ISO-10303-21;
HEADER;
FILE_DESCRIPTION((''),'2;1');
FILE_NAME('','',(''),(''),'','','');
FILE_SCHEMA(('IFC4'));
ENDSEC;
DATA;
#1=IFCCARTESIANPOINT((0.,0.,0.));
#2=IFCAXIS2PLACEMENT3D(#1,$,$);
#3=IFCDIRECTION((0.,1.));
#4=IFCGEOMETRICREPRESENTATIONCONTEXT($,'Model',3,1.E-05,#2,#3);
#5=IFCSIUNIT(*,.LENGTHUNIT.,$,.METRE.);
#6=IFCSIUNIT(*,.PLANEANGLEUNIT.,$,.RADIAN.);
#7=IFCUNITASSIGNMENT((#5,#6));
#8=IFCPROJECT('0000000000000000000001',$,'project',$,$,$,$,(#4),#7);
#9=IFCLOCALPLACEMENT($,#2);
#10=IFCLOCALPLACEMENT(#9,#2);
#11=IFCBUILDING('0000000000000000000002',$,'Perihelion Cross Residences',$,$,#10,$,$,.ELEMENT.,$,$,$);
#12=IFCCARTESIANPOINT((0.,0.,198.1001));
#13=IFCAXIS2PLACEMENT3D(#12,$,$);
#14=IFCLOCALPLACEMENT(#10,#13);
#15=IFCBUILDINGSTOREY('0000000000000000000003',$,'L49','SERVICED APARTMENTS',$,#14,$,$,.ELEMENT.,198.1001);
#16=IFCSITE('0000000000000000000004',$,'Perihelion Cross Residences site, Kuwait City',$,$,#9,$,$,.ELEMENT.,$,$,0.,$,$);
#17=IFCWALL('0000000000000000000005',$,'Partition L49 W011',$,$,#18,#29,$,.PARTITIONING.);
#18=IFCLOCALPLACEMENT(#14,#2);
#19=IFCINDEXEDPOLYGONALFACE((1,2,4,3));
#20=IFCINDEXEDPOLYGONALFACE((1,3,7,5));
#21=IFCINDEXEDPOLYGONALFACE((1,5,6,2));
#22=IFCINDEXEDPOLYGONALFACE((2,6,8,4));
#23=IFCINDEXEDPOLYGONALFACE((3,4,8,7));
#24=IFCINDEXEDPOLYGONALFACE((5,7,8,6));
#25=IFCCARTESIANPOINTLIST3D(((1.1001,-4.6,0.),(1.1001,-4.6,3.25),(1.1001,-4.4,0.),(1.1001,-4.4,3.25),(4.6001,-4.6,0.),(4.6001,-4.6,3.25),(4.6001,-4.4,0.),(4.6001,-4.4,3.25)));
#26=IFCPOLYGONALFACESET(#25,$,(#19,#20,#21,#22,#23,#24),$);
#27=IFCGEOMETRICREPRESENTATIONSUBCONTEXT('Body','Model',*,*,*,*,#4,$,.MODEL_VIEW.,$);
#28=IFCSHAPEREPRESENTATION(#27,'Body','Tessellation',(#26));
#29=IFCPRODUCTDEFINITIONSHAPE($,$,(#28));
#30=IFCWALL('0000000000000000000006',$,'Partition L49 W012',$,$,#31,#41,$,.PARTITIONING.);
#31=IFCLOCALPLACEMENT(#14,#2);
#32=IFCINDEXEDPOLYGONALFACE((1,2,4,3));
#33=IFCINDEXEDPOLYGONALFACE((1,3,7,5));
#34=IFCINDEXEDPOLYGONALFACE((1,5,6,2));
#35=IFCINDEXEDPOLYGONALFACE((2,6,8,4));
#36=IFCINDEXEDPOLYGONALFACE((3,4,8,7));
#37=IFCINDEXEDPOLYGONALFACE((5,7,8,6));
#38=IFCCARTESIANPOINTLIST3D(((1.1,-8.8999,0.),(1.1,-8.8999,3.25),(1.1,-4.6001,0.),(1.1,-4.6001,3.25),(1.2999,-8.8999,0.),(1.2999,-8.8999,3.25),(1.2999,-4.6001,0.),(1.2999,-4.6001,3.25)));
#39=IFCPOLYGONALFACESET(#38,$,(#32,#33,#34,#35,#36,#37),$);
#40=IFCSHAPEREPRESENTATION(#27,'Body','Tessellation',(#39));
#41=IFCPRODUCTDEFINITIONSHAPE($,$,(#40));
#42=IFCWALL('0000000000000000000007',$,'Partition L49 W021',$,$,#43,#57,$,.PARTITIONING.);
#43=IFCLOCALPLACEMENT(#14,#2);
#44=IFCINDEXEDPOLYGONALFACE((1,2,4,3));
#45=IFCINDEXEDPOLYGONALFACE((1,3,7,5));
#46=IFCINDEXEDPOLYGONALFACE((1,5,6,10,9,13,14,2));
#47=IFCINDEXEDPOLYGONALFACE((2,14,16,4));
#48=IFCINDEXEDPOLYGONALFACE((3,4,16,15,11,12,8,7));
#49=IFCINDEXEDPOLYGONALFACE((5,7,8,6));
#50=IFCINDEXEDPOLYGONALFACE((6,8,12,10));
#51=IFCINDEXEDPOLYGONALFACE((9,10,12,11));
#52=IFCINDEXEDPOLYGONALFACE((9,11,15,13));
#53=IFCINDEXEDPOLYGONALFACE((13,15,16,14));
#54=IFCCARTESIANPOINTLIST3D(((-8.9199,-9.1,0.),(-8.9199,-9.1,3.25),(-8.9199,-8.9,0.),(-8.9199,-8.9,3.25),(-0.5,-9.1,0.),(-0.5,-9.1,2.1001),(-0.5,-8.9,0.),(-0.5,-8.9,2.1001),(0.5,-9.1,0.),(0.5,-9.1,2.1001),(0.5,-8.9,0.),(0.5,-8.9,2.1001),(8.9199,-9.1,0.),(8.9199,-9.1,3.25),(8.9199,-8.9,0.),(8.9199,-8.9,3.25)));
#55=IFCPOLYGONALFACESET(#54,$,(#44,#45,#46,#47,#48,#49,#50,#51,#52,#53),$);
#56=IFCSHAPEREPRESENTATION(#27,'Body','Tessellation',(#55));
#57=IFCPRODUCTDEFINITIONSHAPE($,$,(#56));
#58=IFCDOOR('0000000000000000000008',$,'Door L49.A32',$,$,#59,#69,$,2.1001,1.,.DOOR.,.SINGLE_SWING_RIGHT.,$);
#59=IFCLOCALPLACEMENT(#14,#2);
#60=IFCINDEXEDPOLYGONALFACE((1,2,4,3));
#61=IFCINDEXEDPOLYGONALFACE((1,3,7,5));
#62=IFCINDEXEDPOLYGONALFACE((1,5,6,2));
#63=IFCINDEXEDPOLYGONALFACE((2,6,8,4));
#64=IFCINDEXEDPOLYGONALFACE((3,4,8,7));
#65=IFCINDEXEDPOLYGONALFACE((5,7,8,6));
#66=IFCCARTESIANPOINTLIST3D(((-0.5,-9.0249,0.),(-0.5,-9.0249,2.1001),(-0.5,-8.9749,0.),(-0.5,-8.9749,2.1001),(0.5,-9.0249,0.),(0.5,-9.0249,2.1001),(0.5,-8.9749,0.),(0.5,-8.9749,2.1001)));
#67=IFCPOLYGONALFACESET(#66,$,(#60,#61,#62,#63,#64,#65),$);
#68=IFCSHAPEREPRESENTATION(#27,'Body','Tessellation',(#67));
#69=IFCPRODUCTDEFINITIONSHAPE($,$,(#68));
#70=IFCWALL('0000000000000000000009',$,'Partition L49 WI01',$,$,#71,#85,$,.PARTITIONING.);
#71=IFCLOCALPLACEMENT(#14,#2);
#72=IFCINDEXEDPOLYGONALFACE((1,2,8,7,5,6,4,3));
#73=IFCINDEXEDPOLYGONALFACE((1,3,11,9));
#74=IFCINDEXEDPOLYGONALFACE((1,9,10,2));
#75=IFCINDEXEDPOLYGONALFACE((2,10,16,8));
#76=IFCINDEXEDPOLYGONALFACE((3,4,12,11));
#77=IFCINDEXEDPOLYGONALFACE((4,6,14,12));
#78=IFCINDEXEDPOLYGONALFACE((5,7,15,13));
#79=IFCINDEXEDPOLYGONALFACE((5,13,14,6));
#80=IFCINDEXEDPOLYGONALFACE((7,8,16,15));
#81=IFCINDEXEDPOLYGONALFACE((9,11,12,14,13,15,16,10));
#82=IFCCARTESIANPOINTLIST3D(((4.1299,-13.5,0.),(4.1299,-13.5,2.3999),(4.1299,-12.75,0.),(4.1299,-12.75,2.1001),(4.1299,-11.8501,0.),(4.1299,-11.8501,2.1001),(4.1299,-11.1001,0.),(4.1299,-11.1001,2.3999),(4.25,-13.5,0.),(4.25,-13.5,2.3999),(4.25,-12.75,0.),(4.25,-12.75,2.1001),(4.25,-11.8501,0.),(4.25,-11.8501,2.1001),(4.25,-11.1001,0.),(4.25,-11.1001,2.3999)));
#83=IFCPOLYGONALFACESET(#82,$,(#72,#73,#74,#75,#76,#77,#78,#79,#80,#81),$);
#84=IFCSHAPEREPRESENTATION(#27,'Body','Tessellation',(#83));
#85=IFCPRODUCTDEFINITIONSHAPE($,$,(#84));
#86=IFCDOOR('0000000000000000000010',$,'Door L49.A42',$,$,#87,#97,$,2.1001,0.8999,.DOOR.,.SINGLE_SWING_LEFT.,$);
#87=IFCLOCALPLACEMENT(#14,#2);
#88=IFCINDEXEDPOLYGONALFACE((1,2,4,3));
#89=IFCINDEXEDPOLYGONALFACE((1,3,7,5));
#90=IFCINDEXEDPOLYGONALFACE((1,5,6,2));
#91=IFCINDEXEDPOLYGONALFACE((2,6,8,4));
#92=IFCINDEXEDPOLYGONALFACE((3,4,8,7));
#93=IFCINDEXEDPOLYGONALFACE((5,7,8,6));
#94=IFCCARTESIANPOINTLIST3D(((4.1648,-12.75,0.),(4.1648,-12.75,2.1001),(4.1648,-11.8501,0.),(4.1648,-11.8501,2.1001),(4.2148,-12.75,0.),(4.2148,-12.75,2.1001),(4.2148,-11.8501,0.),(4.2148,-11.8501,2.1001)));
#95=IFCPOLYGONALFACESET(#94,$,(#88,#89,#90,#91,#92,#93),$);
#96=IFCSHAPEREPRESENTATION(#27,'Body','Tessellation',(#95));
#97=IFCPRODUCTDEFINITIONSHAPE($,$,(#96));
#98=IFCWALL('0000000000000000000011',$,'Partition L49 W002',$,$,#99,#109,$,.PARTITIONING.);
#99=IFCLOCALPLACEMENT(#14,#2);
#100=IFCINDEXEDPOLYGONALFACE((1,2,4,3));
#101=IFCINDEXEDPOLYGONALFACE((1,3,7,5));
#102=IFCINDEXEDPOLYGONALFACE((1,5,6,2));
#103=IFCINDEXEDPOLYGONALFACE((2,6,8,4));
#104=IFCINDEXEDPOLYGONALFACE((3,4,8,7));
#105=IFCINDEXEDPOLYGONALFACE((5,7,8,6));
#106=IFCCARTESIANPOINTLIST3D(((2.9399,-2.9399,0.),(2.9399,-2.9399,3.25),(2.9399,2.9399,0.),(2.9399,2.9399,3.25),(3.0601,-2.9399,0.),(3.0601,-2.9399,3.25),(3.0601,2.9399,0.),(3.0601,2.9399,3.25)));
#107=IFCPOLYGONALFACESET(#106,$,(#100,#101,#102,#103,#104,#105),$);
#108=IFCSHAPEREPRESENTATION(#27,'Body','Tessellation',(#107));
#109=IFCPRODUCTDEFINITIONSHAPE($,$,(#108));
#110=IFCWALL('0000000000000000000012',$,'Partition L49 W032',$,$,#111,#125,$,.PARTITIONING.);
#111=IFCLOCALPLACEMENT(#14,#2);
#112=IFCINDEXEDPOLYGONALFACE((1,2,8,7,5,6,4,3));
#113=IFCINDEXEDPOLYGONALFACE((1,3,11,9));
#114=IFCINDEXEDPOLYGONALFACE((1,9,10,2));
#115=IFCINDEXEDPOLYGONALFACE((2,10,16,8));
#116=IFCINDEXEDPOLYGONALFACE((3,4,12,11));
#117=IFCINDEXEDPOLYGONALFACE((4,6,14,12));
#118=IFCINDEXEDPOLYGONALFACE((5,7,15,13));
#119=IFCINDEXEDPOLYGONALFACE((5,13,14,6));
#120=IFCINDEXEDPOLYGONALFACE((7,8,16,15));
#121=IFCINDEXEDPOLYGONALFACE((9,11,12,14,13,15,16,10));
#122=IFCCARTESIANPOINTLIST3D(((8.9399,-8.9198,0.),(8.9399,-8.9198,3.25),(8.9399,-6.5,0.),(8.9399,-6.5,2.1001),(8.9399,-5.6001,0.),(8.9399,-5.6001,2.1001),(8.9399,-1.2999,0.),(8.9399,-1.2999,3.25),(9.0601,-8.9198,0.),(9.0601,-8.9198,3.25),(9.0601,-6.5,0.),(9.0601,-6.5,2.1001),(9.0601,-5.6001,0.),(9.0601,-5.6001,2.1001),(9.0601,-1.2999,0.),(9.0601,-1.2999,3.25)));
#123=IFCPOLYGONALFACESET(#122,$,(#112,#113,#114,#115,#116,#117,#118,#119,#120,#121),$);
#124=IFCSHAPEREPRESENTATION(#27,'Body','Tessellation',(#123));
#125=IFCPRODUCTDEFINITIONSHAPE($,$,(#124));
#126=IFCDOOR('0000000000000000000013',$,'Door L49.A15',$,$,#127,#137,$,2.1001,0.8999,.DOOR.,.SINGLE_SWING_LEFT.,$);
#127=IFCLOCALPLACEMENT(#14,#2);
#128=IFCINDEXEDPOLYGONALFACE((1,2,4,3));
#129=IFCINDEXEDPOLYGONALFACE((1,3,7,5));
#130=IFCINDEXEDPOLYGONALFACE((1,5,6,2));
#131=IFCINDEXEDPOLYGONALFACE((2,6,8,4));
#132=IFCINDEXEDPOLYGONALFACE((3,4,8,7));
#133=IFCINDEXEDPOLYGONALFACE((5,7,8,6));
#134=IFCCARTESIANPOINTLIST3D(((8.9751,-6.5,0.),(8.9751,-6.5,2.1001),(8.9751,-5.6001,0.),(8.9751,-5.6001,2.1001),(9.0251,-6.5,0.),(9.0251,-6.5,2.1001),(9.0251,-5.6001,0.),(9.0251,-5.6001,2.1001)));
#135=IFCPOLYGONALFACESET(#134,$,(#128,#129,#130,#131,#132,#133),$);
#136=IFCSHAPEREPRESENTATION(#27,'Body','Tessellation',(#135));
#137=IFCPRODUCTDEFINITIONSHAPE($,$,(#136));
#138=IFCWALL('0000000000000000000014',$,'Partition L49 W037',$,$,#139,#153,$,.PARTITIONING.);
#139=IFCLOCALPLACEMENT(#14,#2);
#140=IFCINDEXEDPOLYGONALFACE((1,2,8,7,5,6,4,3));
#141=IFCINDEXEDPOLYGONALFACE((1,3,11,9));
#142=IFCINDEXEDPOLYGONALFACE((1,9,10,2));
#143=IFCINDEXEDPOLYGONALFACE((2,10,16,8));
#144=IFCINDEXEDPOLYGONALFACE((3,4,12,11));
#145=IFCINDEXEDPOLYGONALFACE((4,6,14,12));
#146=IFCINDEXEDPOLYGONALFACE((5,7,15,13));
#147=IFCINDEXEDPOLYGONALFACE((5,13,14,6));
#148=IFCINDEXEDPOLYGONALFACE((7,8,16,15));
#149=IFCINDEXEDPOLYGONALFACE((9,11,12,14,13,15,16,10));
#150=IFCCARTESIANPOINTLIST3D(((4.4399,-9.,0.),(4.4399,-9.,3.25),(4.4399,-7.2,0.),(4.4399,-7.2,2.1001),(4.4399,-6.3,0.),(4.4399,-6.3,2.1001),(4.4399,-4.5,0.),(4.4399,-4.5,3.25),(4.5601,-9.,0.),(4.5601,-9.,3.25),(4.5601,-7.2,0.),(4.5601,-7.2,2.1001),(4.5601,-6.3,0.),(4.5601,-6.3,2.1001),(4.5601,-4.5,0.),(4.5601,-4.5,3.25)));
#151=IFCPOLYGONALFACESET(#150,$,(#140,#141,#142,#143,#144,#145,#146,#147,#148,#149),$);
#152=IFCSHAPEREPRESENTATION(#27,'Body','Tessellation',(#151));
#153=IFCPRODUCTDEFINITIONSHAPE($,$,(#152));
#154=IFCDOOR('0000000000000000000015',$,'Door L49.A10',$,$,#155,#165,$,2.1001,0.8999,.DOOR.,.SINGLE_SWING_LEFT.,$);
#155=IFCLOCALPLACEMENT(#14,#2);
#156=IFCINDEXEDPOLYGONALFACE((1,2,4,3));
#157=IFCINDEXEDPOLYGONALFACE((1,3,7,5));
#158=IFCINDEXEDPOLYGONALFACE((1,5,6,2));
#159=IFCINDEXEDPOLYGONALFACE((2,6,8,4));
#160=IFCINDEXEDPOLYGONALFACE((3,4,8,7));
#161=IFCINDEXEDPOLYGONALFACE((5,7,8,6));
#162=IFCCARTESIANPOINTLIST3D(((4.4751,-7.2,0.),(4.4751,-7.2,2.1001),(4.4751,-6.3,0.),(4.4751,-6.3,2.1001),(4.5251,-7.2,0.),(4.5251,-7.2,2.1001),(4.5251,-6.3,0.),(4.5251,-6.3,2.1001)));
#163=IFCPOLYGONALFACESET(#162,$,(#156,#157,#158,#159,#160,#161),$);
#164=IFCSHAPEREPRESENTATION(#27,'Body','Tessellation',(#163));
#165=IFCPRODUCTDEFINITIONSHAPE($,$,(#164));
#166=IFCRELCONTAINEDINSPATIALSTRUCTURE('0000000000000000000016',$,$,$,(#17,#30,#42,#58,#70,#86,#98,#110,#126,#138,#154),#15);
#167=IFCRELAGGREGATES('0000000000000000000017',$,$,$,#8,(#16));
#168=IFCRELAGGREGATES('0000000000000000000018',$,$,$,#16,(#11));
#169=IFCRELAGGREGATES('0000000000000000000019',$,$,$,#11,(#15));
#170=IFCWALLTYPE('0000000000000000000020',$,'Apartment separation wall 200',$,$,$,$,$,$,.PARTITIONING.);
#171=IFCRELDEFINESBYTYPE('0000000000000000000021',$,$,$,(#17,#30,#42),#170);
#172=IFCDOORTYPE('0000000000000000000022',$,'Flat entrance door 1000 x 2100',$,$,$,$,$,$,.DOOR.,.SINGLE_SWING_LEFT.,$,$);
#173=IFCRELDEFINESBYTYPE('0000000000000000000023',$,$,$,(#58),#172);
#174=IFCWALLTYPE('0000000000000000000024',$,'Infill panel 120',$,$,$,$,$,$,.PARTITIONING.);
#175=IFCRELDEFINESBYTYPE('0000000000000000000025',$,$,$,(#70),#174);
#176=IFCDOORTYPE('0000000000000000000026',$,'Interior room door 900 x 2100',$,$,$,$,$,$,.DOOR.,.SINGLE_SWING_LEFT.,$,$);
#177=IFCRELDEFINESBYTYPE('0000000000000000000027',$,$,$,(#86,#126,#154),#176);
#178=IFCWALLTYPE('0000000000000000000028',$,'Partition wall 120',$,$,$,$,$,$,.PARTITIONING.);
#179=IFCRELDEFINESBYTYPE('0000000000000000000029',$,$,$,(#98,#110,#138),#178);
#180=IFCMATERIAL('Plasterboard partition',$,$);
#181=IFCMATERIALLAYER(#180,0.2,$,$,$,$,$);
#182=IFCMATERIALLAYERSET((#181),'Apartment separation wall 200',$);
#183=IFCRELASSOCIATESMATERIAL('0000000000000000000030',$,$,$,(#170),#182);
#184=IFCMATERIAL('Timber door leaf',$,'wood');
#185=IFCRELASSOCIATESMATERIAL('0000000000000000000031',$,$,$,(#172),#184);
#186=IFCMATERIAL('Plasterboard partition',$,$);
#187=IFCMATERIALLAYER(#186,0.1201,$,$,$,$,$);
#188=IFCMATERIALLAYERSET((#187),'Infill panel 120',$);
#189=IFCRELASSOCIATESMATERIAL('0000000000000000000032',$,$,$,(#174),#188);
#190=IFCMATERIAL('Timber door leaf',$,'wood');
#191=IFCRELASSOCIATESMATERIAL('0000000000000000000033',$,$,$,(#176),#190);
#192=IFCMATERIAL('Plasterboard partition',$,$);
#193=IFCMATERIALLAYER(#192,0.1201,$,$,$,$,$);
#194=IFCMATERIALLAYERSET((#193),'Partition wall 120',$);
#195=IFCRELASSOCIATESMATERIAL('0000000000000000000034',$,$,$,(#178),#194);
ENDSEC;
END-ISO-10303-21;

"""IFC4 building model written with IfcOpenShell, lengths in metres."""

from ifc_helpers import new_model, si_unit, direction, frame, frame_2d, origin, place, context, subcontext, project, spatial, rectangle, extrude, material, layer, layer_set, type_object, element, fill, save


model = new_model("IFC4")

# Units and contexts
model_context = context("Model", 3, precision=1e-05, world=origin(), true_north=direction((0.0, 1.0)))
body_context = subcontext(model_context, "Body", "Model", "MODEL_VIEW")
ifc_project = project(units=[si_unit("LENGTHUNIT", "METRE"), si_unit("PLANEANGLEUNIT", "RADIAN")], contexts=[model_context])

# Site, building, storey
site_placement = place(None, origin())
site = spatial("IfcSite", under=ifc_project, at=site_placement, Name="Perihelion Cross Residences site, Kuwait City", CompositionType="ELEMENT", RefElevation=0.0)
building_placement = place(site_placement, origin())
building = spatial("IfcBuilding", under=site, at=building_placement, Name="Perihelion Cross Residences", CompositionType="ELEMENT")
storey_placement = place(building_placement, frame((0.0, 0.0, 198.1001)))
storey = spatial("IfcBuildingStorey", under=building, at=storey_placement, Name="L49", Description="SERVICED APARTMENTS", CompositionType="ELEMENT", Elevation=198.1001)

# Walls
ifc_material_1 = material(Name="Plasterboard partition")
ifc_layer_1 = layer(ifc_material_1, 0.2)
ifc_layer_set_1 = layer_set([ifc_layer_1], Name="Apartment separation wall 200")
wall_type_1 = type_object("IfcWallType", Name="Apartment separation wall 200", PredefinedType="PARTITIONING", material=ifc_layer_set_1)
wall_1_placement = place(storey_placement, frame((4.6001, -4.5, 0.0), z_axis=(0.0, 0.0, 1.0), x_axis=(-1.0, 0.0, 0.0)))
element("IfcWall", 1, at=wall_1_placement, inside=storey, type_object=wall_type_1, Name="Partition L49 W011", PredefinedType="PARTITIONING", context=body_context, shape_type="SweptSolid", body=[
    extrude(rectangle(XDim=3.5, YDim=0.2, at=frame_2d((1.75, 0.0))), origin(), (0.0, 0.0, 1.0), 3.25),
])
wall_2_placement = place(storey_placement, frame((1.2, -4.6001, 0.0), z_axis=(0.0, 0.0, 1.0), x_axis=(0.0, -1.0, 0.0)))
element("IfcWall", 2, at=wall_2_placement, inside=storey, type_object=wall_type_1, Name="Partition L49 W012", PredefinedType="PARTITIONING", context=body_context, shape_type="SweptSolid", body=[
    extrude(rectangle(XDim=4.2998, YDim=0.2, at=frame_2d((2.1499, 0.0))), origin(), (0.0, 0.0, 1.0), 3.25),
])

# Walls, openings, doors
wall_3_placement = place(storey_placement, frame((8.9199, -9.0, 0.0), z_axis=(0.0, 0.0, 1.0), x_axis=(-1.0, 0.0, 0.0)))
wall_3 = element("IfcWall", 3, at=wall_3_placement, inside=storey, type_object=wall_type_1, Name="Partition L49 W021", PredefinedType="PARTITIONING", context=body_context, shape_type="SweptSolid", body=[
    extrude(rectangle(XDim=17.8398, YDim=0.2, at=frame_2d((8.9199, 0.0))), origin(), (0.0, 0.0, 1.0), 3.25),
])
opening_1_placement = place(wall_3_placement, frame((8.4199, 0.0, 0.0)))
opening_1 = element("IfcOpeningElement", 4, at=opening_1_placement, cuts=wall_3, PredefinedType="OPENING", context=body_context, shape_type="SweptSolid", body=[
    extrude(rectangle(XDim=1.0, YDim=2.1001, at=frame_2d((0.5, 1.05))), frame((0.0, 0.1099, 0.0), z_axis=(0.0, -1.0, 0.0), x_axis=(1.0, 0.0, 0.0)), (0.0, 0.0, 1.0), 0.22),
])
ifc_material_2 = material(Name="Timber door leaf", Category="wood")
door_type_1 = type_object("IfcDoorType", Name="Flat entrance door 1000 x 2100", OperationType="SINGLE_SWING_LEFT", PredefinedType="DOOR", material=ifc_material_2)
door_1_placement = place(opening_1_placement, origin())
door_1 = element("IfcDoor", 5, at=door_1_placement, inside=storey, type_object=door_type_1, Name="Door L49.A32", OperationType="SINGLE_SWING_RIGHT", OverallHeight=2.1001, OverallWidth=1.0, PredefinedType="DOOR", context=body_context, shape_type="SweptSolid", body=[
    extrude(rectangle(XDim=1.0, YDim=2.1001, at=frame_2d((0.5, 1.05))), frame((0.0, 0.0249, 0.0), z_axis=(0.0, -1.0, 0.0), x_axis=(1.0, 0.0, 0.0)), (0.0, 0.0, 1.0), 0.05),
])
fill(opening_1, door_1)
ifc_material_3 = material(Name="Plasterboard partition")
ifc_layer_2 = layer(ifc_material_3, 0.1201)
ifc_layer_set_2 = layer_set([ifc_layer_2], Name="Infill panel 120")
wall_type_2 = type_object("IfcWallType", Name="Infill panel 120", PredefinedType="PARTITIONING", material=ifc_layer_set_2)
wall_4_placement = place(storey_placement, frame((4.1899, -11.1001, 0.0), z_axis=(0.0, 0.0, 1.0), x_axis=(0.0, -1.0, 0.0)))
wall_4 = element("IfcWall", 6, at=wall_4_placement, inside=storey, type_object=wall_type_2, Name="Partition L49 WI01", PredefinedType="PARTITIONING", context=body_context, shape_type="SweptSolid", body=[
    extrude(rectangle(XDim=2.3999, YDim=0.1201, at=frame_2d((1.2, 0.0))), origin(), (0.0, 0.0, 1.0), 2.3999),
])
opening_2_placement = place(wall_4_placement, frame((0.75, 0.0, 0.0)))
opening_2 = element("IfcOpeningElement", 7, at=opening_2_placement, cuts=wall_4, PredefinedType="OPENING", context=body_context, shape_type="SweptSolid", body=[
    extrude(rectangle(XDim=0.8999, YDim=2.1001, at=frame_2d((0.45, 1.05))), frame((0.0, 0.0701, 0.0), z_axis=(0.0, -1.0, 0.0), x_axis=(1.0, 0.0, 0.0)), (0.0, 0.0, 1.0), 0.1401),
])
ifc_material_4 = material(Name="Timber door leaf", Category="wood")
door_type_2 = type_object("IfcDoorType", Name="Interior room door 900 x 2100", OperationType="SINGLE_SWING_LEFT", PredefinedType="DOOR", material=ifc_material_4)
door_2_placement = place(opening_2_placement, origin())
door_2 = element("IfcDoor", 8, at=door_2_placement, inside=storey, type_object=door_type_2, Name="Door L49.A42", OperationType="SINGLE_SWING_LEFT", OverallHeight=2.1001, OverallWidth=0.8999, PredefinedType="DOOR", context=body_context, shape_type="SweptSolid", body=[
    extrude(rectangle(XDim=0.8999, YDim=2.1001, at=frame_2d((0.45, 1.05))), frame((0.0, 0.0249, 0.0), z_axis=(0.0, -1.0, 0.0), x_axis=(1.0, 0.0, 0.0)), (0.0, 0.0, 1.0), 0.05),
])
fill(opening_2, door_2)

# Wall
ifc_material_5 = material(Name="Plasterboard partition")
ifc_layer_3 = layer(ifc_material_5, 0.1201)
ifc_layer_set_3 = layer_set([ifc_layer_3], Name="Partition wall 120")
wall_type_3 = type_object("IfcWallType", Name="Partition wall 120", PredefinedType="PARTITIONING", material=ifc_layer_set_3)
wall_5_placement = place(storey_placement, frame((3.0, -2.9399, 0.0), z_axis=(0.0, 0.0, 1.0), x_axis=(0.0, 1.0, 0.0)))
element("IfcWall", 9, at=wall_5_placement, inside=storey, type_object=wall_type_3, Name="Partition L49 W002", PredefinedType="PARTITIONING", context=body_context, shape_type="SweptSolid", body=[
    extrude(rectangle(XDim=5.8799, YDim=0.1201, at=frame_2d((2.9399, 0.0))), origin(), (0.0, 0.0, 1.0), 3.25),
])

# Walls, openings, doors
wall_6_placement = place(storey_placement, frame((9.0, -8.9199, 0.0), z_axis=(0.0, 0.0, 1.0), x_axis=(0.0, 1.0, 0.0)))
wall_6 = element("IfcWall", 10, at=wall_6_placement, inside=storey, type_object=wall_type_3, Name="Partition L49 W032", PredefinedType="PARTITIONING", context=body_context, shape_type="SweptSolid", body=[
    extrude(rectangle(XDim=7.6199, YDim=0.1201, at=frame_2d((3.8101, 0.0))), origin(), (0.0, 0.0, 1.0), 3.25),
])
opening_3_placement = place(wall_6_placement, frame((2.4199, 0.0, 0.0)))
opening_3 = element("IfcOpeningElement", 11, at=opening_3_placement, cuts=wall_6, PredefinedType="OPENING", context=body_context, shape_type="SweptSolid", body=[
    extrude(rectangle(XDim=0.8999, YDim=2.1001, at=frame_2d((0.45, 1.05))), frame((0.0, 0.0701, 0.0), z_axis=(0.0, -1.0, 0.0), x_axis=(1.0, 0.0, 0.0)), (0.0, 0.0, 1.0), 0.1401),
])
door_3_placement = place(opening_3_placement, origin())
door_3 = element("IfcDoor", 12, at=door_3_placement, inside=storey, type_object=door_type_2, Name="Door L49.A15", OperationType="SINGLE_SWING_LEFT", OverallHeight=2.1001, OverallWidth=0.8999, PredefinedType="DOOR", context=body_context, shape_type="SweptSolid", body=[
    extrude(rectangle(XDim=0.8999, YDim=2.1001, at=frame_2d((0.45, 1.05))), frame((0.0, 0.0249, 0.0), z_axis=(0.0, -1.0, 0.0), x_axis=(1.0, 0.0, 0.0)), (0.0, 0.0, 1.0), 0.05),
])
fill(opening_3, door_3)
wall_7_placement = place(storey_placement, frame((4.5, -9.0, 0.0), z_axis=(0.0, 0.0, 1.0), x_axis=(0.0, 1.0, 0.0)))
wall_7 = element("IfcWall", 13, at=wall_7_placement, inside=storey, type_object=wall_type_3, Name="Partition L49 W037", PredefinedType="PARTITIONING", context=body_context, shape_type="SweptSolid", body=[
    extrude(rectangle(XDim=4.5, YDim=0.1201, at=frame_2d((2.25, 0.0))), origin(), (0.0, 0.0, 1.0), 3.25),
])
opening_4_placement = place(wall_7_placement, frame((1.8, 0.0, 0.0)))
opening_4 = element("IfcOpeningElement", 14, at=opening_4_placement, cuts=wall_7, PredefinedType="OPENING", context=body_context, shape_type="SweptSolid", body=[
    extrude(rectangle(XDim=0.8999, YDim=2.1001, at=frame_2d((0.45, 1.05))), frame((0.0, 0.0701, 0.0), z_axis=(0.0, -1.0, 0.0), x_axis=(1.0, 0.0, 0.0)), (0.0, 0.0, 1.0), 0.1401),
])
door_4_placement = place(opening_4_placement, origin())
door_4 = element("IfcDoor", 15, at=door_4_placement, inside=storey, type_object=door_type_2, Name="Door L49.A10", OperationType="SINGLE_SWING_LEFT", OverallHeight=2.1001, OverallWidth=0.8999, PredefinedType="DOOR", context=body_context, shape_type="SweptSolid", body=[
    extrude(rectangle(XDim=0.8999, YDim=2.1001, at=frame_2d((0.45, 1.05))), frame((0.0, 0.0249, 0.0), z_axis=(0.0, -1.0, 0.0), x_axis=(1.0, 0.0, 0.0)), (0.0, 0.0, 1.0), 0.05),
])
fill(opening_4, door_4)

save(model, "model.ifc")
